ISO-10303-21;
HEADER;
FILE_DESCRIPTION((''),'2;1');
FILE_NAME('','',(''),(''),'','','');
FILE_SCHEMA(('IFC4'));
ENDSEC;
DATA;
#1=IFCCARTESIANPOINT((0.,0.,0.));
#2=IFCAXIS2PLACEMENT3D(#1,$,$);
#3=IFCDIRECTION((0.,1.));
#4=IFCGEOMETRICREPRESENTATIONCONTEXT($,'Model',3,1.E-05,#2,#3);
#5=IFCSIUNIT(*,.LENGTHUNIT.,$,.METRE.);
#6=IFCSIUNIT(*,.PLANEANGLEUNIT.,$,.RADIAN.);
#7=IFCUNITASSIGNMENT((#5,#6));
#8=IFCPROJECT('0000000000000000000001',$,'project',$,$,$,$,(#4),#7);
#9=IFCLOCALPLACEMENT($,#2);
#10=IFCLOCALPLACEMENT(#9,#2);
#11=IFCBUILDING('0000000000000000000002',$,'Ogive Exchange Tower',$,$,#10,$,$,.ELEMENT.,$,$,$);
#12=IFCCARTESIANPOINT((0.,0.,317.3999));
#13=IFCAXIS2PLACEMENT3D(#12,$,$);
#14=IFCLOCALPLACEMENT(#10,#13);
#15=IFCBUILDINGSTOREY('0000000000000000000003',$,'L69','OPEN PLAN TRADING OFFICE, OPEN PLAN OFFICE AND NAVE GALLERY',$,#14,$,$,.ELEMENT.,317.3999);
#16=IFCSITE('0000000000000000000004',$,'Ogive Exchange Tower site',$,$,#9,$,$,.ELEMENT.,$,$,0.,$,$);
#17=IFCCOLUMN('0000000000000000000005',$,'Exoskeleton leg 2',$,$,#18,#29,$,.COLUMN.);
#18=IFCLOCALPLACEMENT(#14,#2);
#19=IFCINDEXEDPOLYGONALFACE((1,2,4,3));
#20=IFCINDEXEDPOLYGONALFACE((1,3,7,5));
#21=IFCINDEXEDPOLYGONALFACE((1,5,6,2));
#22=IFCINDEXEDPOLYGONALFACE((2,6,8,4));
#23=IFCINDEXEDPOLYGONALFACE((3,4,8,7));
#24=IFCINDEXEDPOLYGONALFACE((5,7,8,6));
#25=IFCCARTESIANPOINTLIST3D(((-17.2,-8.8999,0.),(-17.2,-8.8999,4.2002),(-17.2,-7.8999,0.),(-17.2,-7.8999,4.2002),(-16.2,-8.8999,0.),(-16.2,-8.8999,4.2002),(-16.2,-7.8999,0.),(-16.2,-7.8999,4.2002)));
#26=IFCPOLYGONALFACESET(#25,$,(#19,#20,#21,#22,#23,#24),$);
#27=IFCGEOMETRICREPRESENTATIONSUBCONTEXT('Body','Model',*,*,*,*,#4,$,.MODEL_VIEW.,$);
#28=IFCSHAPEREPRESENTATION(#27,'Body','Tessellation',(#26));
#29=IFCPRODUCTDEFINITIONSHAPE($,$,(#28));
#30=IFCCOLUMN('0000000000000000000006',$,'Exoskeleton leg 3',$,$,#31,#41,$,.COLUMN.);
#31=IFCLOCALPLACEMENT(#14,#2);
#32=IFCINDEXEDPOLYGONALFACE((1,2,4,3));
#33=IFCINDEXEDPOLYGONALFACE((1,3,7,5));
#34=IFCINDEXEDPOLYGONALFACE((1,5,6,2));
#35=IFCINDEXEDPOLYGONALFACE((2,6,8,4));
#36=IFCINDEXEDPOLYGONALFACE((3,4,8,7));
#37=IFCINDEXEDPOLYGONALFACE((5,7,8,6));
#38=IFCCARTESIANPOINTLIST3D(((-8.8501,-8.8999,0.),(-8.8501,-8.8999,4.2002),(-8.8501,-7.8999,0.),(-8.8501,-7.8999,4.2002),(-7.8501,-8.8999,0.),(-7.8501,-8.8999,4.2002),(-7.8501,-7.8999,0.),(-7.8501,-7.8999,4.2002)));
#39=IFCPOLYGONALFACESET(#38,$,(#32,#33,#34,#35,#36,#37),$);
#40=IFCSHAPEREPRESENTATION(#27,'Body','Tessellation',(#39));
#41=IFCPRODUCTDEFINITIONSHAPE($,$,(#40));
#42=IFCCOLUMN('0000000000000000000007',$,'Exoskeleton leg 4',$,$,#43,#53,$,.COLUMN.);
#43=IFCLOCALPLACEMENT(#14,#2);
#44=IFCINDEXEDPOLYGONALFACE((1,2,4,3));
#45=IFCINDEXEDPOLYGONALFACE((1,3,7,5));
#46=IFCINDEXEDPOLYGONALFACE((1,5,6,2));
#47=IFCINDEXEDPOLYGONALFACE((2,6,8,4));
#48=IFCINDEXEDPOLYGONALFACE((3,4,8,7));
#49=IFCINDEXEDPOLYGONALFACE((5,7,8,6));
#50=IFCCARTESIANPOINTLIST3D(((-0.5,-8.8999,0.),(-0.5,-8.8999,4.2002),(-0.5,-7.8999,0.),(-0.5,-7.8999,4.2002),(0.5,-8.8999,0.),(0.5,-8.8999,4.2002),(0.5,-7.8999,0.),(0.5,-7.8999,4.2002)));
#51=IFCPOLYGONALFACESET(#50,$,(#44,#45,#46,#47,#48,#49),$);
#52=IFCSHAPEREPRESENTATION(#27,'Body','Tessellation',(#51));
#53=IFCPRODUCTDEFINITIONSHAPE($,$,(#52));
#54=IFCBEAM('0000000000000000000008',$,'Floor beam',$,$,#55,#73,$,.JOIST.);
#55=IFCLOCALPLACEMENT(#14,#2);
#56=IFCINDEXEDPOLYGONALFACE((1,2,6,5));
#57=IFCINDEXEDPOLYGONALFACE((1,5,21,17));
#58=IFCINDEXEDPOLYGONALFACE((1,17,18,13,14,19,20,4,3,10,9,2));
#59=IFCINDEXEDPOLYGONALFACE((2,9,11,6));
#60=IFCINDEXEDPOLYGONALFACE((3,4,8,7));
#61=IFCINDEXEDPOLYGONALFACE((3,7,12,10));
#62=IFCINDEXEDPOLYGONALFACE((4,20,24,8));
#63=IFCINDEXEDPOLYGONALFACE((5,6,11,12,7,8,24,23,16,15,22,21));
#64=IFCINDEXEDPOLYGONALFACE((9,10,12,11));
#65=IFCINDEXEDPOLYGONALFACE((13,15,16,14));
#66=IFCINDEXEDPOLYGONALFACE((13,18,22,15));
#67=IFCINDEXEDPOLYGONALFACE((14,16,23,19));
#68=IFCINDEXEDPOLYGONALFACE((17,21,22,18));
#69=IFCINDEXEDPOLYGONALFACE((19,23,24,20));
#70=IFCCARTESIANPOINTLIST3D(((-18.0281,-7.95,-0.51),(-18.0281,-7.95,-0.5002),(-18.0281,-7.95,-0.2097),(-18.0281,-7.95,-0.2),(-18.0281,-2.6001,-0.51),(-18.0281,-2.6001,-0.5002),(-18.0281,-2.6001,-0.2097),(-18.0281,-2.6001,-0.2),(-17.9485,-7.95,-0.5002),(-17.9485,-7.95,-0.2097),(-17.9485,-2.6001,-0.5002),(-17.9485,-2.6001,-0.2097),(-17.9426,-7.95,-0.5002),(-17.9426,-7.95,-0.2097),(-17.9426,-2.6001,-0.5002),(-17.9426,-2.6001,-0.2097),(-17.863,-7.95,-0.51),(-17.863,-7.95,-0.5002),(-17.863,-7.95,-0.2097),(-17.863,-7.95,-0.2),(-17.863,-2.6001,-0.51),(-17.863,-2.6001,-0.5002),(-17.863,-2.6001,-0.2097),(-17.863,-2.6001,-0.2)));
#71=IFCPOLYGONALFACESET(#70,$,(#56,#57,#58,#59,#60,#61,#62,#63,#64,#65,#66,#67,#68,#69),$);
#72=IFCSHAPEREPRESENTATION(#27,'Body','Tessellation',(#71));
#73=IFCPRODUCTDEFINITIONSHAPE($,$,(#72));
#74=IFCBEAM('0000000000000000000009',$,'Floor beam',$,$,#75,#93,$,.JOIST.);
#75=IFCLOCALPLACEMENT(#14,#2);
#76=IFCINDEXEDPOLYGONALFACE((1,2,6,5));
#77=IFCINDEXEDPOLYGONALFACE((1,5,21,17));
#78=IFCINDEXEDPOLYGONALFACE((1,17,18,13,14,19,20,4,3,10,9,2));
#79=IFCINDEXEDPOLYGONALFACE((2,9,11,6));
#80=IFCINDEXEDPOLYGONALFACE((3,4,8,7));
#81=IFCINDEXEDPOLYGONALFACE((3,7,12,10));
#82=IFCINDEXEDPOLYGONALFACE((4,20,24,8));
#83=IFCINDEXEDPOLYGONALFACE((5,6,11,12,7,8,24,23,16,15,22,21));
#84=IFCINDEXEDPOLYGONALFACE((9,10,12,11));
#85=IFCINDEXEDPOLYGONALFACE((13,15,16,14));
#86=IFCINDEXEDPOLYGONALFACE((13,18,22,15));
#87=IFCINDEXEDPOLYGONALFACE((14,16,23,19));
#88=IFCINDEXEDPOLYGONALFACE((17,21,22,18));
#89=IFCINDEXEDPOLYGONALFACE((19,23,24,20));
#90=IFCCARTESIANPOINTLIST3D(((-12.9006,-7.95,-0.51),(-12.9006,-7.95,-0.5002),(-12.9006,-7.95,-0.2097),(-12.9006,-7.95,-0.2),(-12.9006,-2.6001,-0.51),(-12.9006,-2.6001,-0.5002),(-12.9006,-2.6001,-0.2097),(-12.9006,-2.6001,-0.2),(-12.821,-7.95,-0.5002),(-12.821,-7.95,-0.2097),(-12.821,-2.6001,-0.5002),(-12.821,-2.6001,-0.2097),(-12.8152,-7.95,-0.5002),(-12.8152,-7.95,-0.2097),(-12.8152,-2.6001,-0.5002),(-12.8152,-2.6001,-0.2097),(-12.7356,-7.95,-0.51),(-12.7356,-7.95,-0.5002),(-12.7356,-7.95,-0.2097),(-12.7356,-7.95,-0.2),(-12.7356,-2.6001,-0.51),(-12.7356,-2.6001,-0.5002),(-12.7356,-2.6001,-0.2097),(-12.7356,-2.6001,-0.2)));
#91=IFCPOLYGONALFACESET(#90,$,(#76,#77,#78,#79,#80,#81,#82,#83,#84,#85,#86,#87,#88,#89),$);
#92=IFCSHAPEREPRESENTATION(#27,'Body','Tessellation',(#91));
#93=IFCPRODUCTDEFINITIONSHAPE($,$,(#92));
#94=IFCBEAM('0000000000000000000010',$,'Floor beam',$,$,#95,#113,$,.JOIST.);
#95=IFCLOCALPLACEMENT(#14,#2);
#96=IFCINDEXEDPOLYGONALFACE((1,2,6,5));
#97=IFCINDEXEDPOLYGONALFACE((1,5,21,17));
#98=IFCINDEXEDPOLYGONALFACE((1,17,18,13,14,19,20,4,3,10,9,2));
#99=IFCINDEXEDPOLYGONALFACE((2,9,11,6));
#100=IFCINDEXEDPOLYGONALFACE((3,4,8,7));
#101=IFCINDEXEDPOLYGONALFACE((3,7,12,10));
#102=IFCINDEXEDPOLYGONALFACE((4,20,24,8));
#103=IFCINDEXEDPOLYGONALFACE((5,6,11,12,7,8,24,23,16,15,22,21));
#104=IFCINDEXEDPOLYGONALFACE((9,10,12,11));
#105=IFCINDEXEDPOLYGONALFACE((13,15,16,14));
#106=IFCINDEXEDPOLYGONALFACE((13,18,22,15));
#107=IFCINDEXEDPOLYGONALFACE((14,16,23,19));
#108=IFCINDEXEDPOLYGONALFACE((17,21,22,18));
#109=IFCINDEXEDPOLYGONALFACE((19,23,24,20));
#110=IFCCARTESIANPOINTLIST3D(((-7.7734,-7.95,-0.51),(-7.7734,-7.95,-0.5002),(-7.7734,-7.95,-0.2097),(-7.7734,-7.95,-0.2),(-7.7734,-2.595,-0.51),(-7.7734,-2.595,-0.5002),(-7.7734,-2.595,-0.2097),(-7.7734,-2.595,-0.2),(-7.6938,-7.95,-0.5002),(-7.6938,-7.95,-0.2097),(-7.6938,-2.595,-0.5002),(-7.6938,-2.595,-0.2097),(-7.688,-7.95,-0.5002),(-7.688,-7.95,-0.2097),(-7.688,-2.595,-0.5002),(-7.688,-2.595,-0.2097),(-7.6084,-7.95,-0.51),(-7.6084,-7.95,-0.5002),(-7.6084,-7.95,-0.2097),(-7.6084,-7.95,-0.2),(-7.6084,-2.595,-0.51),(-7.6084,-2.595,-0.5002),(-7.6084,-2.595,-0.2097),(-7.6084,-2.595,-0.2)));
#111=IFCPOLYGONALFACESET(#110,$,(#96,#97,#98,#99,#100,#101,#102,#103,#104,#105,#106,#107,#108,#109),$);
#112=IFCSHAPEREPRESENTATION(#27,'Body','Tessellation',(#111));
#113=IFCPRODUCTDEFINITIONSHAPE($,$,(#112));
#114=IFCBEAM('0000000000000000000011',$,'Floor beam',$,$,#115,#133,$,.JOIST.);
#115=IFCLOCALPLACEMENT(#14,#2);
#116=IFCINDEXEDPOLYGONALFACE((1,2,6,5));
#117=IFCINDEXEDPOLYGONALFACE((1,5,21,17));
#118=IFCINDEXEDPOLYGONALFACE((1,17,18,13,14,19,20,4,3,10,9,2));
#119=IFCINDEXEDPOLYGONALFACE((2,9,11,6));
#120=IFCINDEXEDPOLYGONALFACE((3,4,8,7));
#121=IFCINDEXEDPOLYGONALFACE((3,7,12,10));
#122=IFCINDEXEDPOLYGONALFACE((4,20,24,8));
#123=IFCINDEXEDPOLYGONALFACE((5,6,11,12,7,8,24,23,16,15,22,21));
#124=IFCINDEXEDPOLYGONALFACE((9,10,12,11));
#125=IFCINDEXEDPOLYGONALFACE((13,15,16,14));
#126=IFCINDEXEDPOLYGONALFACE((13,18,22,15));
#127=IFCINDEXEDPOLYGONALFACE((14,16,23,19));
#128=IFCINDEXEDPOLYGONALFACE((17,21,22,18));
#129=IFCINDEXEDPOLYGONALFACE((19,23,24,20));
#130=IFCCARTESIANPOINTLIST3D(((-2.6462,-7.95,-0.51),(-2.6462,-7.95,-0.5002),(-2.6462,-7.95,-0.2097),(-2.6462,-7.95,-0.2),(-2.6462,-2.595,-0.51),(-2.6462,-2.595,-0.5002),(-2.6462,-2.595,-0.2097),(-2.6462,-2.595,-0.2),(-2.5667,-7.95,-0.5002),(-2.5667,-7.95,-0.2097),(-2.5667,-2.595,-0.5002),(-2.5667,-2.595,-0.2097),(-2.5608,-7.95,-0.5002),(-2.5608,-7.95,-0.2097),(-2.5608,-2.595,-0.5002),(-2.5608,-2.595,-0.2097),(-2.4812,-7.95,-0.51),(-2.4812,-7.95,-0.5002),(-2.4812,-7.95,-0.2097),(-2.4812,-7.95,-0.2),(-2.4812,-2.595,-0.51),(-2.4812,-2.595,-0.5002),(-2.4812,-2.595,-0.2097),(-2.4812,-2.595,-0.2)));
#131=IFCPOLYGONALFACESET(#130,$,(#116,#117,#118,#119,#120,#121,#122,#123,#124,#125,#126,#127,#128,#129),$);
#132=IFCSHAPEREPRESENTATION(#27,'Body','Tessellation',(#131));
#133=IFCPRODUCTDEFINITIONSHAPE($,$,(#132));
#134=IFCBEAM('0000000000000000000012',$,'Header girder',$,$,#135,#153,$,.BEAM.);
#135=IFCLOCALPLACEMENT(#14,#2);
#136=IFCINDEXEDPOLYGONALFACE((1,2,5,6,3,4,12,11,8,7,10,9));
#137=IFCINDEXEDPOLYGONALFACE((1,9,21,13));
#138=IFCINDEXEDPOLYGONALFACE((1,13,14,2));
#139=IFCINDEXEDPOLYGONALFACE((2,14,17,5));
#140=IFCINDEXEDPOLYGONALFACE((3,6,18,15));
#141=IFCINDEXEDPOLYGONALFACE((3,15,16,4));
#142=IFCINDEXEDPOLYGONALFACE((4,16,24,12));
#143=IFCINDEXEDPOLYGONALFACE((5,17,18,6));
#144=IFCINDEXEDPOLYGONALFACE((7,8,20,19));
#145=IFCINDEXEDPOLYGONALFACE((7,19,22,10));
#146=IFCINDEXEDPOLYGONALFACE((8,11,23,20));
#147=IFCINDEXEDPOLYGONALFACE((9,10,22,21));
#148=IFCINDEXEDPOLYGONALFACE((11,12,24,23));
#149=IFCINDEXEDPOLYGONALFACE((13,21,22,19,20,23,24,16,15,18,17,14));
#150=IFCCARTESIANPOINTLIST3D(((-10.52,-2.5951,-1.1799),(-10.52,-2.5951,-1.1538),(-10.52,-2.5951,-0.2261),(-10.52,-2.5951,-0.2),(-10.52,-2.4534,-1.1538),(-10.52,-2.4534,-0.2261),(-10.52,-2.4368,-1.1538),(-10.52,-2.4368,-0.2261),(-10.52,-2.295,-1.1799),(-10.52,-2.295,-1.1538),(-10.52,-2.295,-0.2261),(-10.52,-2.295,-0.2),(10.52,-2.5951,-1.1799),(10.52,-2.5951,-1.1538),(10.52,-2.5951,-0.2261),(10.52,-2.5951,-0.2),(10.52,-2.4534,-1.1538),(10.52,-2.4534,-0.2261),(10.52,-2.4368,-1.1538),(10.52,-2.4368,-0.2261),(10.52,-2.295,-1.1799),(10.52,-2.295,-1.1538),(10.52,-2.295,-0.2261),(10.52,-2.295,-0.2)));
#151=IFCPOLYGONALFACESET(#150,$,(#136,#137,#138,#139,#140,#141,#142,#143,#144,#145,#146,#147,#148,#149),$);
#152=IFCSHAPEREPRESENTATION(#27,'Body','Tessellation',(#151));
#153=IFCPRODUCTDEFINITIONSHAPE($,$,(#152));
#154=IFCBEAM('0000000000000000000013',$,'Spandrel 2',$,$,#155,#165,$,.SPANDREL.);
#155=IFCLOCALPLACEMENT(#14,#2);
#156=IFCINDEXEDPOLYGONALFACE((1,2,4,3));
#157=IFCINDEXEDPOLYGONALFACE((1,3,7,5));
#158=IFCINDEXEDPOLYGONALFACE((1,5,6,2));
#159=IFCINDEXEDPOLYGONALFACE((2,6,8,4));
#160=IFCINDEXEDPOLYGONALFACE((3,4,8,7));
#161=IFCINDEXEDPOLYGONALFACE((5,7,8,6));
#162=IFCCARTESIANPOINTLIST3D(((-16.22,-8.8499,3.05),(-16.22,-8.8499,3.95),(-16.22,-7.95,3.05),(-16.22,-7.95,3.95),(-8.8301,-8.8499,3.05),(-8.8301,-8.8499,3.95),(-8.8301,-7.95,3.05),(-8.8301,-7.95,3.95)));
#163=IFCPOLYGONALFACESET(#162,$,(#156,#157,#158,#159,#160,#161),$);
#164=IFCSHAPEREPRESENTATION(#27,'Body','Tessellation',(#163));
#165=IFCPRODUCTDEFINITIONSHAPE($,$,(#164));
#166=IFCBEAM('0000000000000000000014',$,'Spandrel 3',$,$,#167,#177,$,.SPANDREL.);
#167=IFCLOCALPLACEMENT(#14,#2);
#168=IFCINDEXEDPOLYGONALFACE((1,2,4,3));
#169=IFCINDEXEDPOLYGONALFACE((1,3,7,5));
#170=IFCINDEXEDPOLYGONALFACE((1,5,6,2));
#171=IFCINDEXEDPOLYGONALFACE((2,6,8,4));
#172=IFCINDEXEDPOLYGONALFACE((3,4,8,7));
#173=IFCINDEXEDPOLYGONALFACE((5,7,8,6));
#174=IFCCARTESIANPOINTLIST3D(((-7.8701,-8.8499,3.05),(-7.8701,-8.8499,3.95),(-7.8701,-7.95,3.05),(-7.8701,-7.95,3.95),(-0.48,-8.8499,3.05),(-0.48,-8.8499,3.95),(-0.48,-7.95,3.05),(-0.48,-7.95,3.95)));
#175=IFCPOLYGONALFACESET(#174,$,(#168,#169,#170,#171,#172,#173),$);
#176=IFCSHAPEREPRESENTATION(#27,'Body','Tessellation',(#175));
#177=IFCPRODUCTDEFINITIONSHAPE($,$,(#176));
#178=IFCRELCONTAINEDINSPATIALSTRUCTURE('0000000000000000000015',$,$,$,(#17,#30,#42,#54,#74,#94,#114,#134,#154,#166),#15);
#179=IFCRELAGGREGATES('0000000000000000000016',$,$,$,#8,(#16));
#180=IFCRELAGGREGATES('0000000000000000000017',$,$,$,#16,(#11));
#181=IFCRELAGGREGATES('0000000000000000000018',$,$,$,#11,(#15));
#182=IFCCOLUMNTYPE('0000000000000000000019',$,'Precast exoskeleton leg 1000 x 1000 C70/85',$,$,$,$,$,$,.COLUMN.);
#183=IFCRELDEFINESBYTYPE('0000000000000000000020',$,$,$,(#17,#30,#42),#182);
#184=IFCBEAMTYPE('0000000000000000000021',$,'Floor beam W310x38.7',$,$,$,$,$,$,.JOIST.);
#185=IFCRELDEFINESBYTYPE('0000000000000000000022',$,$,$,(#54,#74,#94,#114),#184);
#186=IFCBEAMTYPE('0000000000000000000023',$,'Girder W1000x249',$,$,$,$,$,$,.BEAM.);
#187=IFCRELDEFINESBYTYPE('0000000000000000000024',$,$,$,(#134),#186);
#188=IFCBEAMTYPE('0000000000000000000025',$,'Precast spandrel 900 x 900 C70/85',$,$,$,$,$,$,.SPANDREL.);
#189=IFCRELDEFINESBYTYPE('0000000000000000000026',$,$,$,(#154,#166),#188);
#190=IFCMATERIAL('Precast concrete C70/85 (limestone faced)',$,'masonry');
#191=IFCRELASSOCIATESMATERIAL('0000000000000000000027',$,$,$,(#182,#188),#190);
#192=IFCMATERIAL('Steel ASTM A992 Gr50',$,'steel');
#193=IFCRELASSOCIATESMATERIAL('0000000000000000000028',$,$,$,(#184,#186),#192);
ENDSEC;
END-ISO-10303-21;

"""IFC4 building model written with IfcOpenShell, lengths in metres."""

from ifc_helpers import new_model, si_unit, direction, frame, origin, origin_2d, place, context, subcontext, project, spatial, rectangle, i_section, extrude, material, material_profile, profile_set, type_object, element, save


model = new_model("IFC4")

# Units and contexts
model_context = context("Model", 3, precision=1e-05, world=origin(), true_north=direction((0.0, 1.0)))
body_context = subcontext(model_context, "Body", "Model", "MODEL_VIEW")
ifc_project = project(units=[si_unit("LENGTHUNIT", "METRE"), si_unit("PLANEANGLEUNIT", "RADIAN")], contexts=[model_context])

# Site, building, storey
site_placement = place(None, origin())
site = spatial("IfcSite", under=ifc_project, at=site_placement, Name="Ogive Exchange Tower site", CompositionType="ELEMENT", RefElevation=0.0)
building_placement = place(site_placement, origin())
building = spatial("IfcBuilding", under=site, at=building_placement, Name="Ogive Exchange Tower", CompositionType="ELEMENT")
storey_placement = place(building_placement, frame((0.0, 0.0, 317.3999)))
storey = spatial("IfcBuildingStorey", under=building, at=storey_placement, Name="L69", Description="OPEN PLAN TRADING OFFICE, OPEN PLAN OFFICE AND NAVE GALLERY", CompositionType="ELEMENT", Elevation=317.3999)

# Columns
ifc_material_1 = material(Name="Precast concrete C70/85 (limestone faced)", Category="masonry")
ifc_material_profile_1 = material_profile(ifc_material_1, rectangle(XDim=1.0, YDim=1.0, at=origin_2d()), Name="1000 x 1000")
ifc_profile_set_1 = profile_set([ifc_material_profile_1], Name="Precast concrete C70/85 (limestone faced)")
column_type = type_object("IfcColumnType", Name="Precast exoskeleton leg 1000 x 1000 C70/85", PredefinedType="COLUMN", material=ifc_profile_set_1)
for number, where, z_axis, x_axis, name in (
    (1, (-16.7, -8.3999, 0.0), (0.0, 0.0, 1.0), (1.0, 0.0, 0.0), "Exoskeleton leg 2"),
    (2, (-8.3501, -8.3999, 0.0), (0.0, 0.0, 1.0), (1.0, 0.0, 0.0), "Exoskeleton leg 3"),
    (3, (0.0, -8.3999, 0.0), (0.0, 0.0, 1.0), (1.0, 0.0, 0.0), "Exoskeleton leg 4"),
):
    element("IfcColumn", number, at=place(storey_placement, frame(where, z_axis=z_axis, x_axis=x_axis)), inside=storey, type_object=column_type, Name=name, PredefinedType="COLUMN", context=body_context, shape_type="SweptSolid", body=[
        extrude(rectangle(XDim=1.0, YDim=1.0, at=origin_2d()), origin(), (0.0, 0.0, 1.0), 4.2002),
    ])

# Beams
ifc_material_2 = material(Name="Steel ASTM A992 Gr50", Category="steel")
ifc_material_profile_2 = material_profile(ifc_material_2, i_section(OverallWidth=0.165, OverallDepth=0.3101, WebThickness=0.0059, FlangeThickness=0.0098, at=origin_2d()), Name="W310x38.7")
ifc_profile_set_2 = profile_set([ifc_material_profile_2], Name="Steel ASTM A992 Gr50")
beam_type_1 = type_object("IfcBeamType", Name="Floor beam W310x38.7", PredefinedType="JOIST", material=ifc_profile_set_2)
for number, where, z_axis, x_axis, name in (
    (4, (-17.9456, -7.95, -0.355), (0.0, 1.0, 0.0), (-1.0, 0.0, 0.0), "Floor beam"),
    (5, (-12.8181, -7.95, -0.355), (0.0, 1.0, 0.0), (-1.0, 0.0, 0.0), "Floor beam"),
):
    element("IfcBeam", number, at=place(storey_placement, frame(where, z_axis=z_axis, x_axis=x_axis)), inside=storey, type_object=beam_type_1, Name=name, PredefinedType="JOIST", context=body_context, shape_type="SweptSolid", body=[
        extrude(i_section(OverallWidth=0.165, OverallDepth=0.3101, WebThickness=0.0059, FlangeThickness=0.0098, at=origin_2d()), origin(), (0.0, 0.0, 1.0), 5.3499),
    ])
for number, where, z_axis, x_axis, name in (
    (6, (-7.6909, -7.95, -0.355), (0.0, 1.0, 0.0), (-1.0, 0.0, 0.0), "Floor beam"),
    (7, (-2.5637, -7.95, -0.355), (0.0, 1.0, 0.0), (-1.0, 0.0, 0.0), "Floor beam"),
):
    element("IfcBeam", number, at=place(storey_placement, frame(where, z_axis=z_axis, x_axis=x_axis)), inside=storey, type_object=beam_type_1, Name=name, PredefinedType="JOIST", context=body_context, shape_type="SweptSolid", body=[
        extrude(i_section(OverallWidth=0.165, OverallDepth=0.3101, WebThickness=0.0059, FlangeThickness=0.0098, at=origin_2d()), origin(), (0.0, 0.0, 1.0), 5.355),
    ])
ifc_material_profile_3 = material_profile(ifc_material_2, i_section(OverallWidth=0.3, OverallDepth=0.98, WebThickness=0.0166, FlangeThickness=0.0261, at=origin_2d()), Name="W1000x249")
ifc_profile_set_3 = profile_set([ifc_material_profile_3], Name="Steel ASTM A992 Gr50")
beam_type_2 = type_object("IfcBeamType", Name="Girder W1000x249", PredefinedType="BEAM", material=ifc_profile_set_3)
beam_1_placement = place(storey_placement, frame((-10.52, -2.4451, -0.6899), z_axis=(1.0, 0.0, 0.0), x_axis=(0.0, 1.0, 0.0)))
element("IfcBeam", 8, at=beam_1_placement, inside=storey, type_object=beam_type_2, Name="Header girder", PredefinedType="BEAM", context=body_context, shape_type="SweptSolid", body=[
    extrude(i_section(OverallWidth=0.3, OverallDepth=0.98, WebThickness=0.0166, FlangeThickness=0.0261, at=origin_2d()), origin(), (0.0, 0.0, 1.0), 21.04),
])
ifc_material_profile_4 = material_profile(ifc_material_1, rectangle(XDim=0.8999, YDim=0.8999, at=origin_2d()), Name="900 x 900")
ifc_profile_set_4 = profile_set([ifc_material_profile_4], Name="Precast concrete C70/85 (limestone faced)")
beam_type_3 = type_object("IfcBeamType", Name="Precast spandrel 900 x 900 C70/85", PredefinedType="SPANDREL", material=ifc_profile_set_4)
beam_2_placement = place(storey_placement, frame((-16.22, -8.3999, 3.5), z_axis=(1.0, 0.0, 0.0), x_axis=(0.0, 1.0, 0.0)))
element("IfcBeam", 9, at=beam_2_placement, inside=storey, type_object=beam_type_3, Name="Spandrel 2", PredefinedType="SPANDREL", context=body_context, shape_type="SweptSolid", body=[
    extrude(rectangle(XDim=0.8999, YDim=0.8999, at=origin_2d()), origin(), (0.0, 0.0, 1.0), 7.3899),
])
beam_3_placement = place(storey_placement, frame((-7.8701, -8.3999, 3.5), z_axis=(1.0, 0.0, 0.0), x_axis=(0.0, 1.0, 0.0)))
element("IfcBeam", 10, at=beam_3_placement, inside=storey, type_object=beam_type_3, Name="Spandrel 3", PredefinedType="SPANDREL", context=body_context, shape_type="SweptSolid", body=[
    extrude(rectangle(XDim=0.8999, YDim=0.8999, at=origin_2d()), origin(), (0.0, 0.0, 1.0), 7.3901),
])

save(model, "model.ifc")
